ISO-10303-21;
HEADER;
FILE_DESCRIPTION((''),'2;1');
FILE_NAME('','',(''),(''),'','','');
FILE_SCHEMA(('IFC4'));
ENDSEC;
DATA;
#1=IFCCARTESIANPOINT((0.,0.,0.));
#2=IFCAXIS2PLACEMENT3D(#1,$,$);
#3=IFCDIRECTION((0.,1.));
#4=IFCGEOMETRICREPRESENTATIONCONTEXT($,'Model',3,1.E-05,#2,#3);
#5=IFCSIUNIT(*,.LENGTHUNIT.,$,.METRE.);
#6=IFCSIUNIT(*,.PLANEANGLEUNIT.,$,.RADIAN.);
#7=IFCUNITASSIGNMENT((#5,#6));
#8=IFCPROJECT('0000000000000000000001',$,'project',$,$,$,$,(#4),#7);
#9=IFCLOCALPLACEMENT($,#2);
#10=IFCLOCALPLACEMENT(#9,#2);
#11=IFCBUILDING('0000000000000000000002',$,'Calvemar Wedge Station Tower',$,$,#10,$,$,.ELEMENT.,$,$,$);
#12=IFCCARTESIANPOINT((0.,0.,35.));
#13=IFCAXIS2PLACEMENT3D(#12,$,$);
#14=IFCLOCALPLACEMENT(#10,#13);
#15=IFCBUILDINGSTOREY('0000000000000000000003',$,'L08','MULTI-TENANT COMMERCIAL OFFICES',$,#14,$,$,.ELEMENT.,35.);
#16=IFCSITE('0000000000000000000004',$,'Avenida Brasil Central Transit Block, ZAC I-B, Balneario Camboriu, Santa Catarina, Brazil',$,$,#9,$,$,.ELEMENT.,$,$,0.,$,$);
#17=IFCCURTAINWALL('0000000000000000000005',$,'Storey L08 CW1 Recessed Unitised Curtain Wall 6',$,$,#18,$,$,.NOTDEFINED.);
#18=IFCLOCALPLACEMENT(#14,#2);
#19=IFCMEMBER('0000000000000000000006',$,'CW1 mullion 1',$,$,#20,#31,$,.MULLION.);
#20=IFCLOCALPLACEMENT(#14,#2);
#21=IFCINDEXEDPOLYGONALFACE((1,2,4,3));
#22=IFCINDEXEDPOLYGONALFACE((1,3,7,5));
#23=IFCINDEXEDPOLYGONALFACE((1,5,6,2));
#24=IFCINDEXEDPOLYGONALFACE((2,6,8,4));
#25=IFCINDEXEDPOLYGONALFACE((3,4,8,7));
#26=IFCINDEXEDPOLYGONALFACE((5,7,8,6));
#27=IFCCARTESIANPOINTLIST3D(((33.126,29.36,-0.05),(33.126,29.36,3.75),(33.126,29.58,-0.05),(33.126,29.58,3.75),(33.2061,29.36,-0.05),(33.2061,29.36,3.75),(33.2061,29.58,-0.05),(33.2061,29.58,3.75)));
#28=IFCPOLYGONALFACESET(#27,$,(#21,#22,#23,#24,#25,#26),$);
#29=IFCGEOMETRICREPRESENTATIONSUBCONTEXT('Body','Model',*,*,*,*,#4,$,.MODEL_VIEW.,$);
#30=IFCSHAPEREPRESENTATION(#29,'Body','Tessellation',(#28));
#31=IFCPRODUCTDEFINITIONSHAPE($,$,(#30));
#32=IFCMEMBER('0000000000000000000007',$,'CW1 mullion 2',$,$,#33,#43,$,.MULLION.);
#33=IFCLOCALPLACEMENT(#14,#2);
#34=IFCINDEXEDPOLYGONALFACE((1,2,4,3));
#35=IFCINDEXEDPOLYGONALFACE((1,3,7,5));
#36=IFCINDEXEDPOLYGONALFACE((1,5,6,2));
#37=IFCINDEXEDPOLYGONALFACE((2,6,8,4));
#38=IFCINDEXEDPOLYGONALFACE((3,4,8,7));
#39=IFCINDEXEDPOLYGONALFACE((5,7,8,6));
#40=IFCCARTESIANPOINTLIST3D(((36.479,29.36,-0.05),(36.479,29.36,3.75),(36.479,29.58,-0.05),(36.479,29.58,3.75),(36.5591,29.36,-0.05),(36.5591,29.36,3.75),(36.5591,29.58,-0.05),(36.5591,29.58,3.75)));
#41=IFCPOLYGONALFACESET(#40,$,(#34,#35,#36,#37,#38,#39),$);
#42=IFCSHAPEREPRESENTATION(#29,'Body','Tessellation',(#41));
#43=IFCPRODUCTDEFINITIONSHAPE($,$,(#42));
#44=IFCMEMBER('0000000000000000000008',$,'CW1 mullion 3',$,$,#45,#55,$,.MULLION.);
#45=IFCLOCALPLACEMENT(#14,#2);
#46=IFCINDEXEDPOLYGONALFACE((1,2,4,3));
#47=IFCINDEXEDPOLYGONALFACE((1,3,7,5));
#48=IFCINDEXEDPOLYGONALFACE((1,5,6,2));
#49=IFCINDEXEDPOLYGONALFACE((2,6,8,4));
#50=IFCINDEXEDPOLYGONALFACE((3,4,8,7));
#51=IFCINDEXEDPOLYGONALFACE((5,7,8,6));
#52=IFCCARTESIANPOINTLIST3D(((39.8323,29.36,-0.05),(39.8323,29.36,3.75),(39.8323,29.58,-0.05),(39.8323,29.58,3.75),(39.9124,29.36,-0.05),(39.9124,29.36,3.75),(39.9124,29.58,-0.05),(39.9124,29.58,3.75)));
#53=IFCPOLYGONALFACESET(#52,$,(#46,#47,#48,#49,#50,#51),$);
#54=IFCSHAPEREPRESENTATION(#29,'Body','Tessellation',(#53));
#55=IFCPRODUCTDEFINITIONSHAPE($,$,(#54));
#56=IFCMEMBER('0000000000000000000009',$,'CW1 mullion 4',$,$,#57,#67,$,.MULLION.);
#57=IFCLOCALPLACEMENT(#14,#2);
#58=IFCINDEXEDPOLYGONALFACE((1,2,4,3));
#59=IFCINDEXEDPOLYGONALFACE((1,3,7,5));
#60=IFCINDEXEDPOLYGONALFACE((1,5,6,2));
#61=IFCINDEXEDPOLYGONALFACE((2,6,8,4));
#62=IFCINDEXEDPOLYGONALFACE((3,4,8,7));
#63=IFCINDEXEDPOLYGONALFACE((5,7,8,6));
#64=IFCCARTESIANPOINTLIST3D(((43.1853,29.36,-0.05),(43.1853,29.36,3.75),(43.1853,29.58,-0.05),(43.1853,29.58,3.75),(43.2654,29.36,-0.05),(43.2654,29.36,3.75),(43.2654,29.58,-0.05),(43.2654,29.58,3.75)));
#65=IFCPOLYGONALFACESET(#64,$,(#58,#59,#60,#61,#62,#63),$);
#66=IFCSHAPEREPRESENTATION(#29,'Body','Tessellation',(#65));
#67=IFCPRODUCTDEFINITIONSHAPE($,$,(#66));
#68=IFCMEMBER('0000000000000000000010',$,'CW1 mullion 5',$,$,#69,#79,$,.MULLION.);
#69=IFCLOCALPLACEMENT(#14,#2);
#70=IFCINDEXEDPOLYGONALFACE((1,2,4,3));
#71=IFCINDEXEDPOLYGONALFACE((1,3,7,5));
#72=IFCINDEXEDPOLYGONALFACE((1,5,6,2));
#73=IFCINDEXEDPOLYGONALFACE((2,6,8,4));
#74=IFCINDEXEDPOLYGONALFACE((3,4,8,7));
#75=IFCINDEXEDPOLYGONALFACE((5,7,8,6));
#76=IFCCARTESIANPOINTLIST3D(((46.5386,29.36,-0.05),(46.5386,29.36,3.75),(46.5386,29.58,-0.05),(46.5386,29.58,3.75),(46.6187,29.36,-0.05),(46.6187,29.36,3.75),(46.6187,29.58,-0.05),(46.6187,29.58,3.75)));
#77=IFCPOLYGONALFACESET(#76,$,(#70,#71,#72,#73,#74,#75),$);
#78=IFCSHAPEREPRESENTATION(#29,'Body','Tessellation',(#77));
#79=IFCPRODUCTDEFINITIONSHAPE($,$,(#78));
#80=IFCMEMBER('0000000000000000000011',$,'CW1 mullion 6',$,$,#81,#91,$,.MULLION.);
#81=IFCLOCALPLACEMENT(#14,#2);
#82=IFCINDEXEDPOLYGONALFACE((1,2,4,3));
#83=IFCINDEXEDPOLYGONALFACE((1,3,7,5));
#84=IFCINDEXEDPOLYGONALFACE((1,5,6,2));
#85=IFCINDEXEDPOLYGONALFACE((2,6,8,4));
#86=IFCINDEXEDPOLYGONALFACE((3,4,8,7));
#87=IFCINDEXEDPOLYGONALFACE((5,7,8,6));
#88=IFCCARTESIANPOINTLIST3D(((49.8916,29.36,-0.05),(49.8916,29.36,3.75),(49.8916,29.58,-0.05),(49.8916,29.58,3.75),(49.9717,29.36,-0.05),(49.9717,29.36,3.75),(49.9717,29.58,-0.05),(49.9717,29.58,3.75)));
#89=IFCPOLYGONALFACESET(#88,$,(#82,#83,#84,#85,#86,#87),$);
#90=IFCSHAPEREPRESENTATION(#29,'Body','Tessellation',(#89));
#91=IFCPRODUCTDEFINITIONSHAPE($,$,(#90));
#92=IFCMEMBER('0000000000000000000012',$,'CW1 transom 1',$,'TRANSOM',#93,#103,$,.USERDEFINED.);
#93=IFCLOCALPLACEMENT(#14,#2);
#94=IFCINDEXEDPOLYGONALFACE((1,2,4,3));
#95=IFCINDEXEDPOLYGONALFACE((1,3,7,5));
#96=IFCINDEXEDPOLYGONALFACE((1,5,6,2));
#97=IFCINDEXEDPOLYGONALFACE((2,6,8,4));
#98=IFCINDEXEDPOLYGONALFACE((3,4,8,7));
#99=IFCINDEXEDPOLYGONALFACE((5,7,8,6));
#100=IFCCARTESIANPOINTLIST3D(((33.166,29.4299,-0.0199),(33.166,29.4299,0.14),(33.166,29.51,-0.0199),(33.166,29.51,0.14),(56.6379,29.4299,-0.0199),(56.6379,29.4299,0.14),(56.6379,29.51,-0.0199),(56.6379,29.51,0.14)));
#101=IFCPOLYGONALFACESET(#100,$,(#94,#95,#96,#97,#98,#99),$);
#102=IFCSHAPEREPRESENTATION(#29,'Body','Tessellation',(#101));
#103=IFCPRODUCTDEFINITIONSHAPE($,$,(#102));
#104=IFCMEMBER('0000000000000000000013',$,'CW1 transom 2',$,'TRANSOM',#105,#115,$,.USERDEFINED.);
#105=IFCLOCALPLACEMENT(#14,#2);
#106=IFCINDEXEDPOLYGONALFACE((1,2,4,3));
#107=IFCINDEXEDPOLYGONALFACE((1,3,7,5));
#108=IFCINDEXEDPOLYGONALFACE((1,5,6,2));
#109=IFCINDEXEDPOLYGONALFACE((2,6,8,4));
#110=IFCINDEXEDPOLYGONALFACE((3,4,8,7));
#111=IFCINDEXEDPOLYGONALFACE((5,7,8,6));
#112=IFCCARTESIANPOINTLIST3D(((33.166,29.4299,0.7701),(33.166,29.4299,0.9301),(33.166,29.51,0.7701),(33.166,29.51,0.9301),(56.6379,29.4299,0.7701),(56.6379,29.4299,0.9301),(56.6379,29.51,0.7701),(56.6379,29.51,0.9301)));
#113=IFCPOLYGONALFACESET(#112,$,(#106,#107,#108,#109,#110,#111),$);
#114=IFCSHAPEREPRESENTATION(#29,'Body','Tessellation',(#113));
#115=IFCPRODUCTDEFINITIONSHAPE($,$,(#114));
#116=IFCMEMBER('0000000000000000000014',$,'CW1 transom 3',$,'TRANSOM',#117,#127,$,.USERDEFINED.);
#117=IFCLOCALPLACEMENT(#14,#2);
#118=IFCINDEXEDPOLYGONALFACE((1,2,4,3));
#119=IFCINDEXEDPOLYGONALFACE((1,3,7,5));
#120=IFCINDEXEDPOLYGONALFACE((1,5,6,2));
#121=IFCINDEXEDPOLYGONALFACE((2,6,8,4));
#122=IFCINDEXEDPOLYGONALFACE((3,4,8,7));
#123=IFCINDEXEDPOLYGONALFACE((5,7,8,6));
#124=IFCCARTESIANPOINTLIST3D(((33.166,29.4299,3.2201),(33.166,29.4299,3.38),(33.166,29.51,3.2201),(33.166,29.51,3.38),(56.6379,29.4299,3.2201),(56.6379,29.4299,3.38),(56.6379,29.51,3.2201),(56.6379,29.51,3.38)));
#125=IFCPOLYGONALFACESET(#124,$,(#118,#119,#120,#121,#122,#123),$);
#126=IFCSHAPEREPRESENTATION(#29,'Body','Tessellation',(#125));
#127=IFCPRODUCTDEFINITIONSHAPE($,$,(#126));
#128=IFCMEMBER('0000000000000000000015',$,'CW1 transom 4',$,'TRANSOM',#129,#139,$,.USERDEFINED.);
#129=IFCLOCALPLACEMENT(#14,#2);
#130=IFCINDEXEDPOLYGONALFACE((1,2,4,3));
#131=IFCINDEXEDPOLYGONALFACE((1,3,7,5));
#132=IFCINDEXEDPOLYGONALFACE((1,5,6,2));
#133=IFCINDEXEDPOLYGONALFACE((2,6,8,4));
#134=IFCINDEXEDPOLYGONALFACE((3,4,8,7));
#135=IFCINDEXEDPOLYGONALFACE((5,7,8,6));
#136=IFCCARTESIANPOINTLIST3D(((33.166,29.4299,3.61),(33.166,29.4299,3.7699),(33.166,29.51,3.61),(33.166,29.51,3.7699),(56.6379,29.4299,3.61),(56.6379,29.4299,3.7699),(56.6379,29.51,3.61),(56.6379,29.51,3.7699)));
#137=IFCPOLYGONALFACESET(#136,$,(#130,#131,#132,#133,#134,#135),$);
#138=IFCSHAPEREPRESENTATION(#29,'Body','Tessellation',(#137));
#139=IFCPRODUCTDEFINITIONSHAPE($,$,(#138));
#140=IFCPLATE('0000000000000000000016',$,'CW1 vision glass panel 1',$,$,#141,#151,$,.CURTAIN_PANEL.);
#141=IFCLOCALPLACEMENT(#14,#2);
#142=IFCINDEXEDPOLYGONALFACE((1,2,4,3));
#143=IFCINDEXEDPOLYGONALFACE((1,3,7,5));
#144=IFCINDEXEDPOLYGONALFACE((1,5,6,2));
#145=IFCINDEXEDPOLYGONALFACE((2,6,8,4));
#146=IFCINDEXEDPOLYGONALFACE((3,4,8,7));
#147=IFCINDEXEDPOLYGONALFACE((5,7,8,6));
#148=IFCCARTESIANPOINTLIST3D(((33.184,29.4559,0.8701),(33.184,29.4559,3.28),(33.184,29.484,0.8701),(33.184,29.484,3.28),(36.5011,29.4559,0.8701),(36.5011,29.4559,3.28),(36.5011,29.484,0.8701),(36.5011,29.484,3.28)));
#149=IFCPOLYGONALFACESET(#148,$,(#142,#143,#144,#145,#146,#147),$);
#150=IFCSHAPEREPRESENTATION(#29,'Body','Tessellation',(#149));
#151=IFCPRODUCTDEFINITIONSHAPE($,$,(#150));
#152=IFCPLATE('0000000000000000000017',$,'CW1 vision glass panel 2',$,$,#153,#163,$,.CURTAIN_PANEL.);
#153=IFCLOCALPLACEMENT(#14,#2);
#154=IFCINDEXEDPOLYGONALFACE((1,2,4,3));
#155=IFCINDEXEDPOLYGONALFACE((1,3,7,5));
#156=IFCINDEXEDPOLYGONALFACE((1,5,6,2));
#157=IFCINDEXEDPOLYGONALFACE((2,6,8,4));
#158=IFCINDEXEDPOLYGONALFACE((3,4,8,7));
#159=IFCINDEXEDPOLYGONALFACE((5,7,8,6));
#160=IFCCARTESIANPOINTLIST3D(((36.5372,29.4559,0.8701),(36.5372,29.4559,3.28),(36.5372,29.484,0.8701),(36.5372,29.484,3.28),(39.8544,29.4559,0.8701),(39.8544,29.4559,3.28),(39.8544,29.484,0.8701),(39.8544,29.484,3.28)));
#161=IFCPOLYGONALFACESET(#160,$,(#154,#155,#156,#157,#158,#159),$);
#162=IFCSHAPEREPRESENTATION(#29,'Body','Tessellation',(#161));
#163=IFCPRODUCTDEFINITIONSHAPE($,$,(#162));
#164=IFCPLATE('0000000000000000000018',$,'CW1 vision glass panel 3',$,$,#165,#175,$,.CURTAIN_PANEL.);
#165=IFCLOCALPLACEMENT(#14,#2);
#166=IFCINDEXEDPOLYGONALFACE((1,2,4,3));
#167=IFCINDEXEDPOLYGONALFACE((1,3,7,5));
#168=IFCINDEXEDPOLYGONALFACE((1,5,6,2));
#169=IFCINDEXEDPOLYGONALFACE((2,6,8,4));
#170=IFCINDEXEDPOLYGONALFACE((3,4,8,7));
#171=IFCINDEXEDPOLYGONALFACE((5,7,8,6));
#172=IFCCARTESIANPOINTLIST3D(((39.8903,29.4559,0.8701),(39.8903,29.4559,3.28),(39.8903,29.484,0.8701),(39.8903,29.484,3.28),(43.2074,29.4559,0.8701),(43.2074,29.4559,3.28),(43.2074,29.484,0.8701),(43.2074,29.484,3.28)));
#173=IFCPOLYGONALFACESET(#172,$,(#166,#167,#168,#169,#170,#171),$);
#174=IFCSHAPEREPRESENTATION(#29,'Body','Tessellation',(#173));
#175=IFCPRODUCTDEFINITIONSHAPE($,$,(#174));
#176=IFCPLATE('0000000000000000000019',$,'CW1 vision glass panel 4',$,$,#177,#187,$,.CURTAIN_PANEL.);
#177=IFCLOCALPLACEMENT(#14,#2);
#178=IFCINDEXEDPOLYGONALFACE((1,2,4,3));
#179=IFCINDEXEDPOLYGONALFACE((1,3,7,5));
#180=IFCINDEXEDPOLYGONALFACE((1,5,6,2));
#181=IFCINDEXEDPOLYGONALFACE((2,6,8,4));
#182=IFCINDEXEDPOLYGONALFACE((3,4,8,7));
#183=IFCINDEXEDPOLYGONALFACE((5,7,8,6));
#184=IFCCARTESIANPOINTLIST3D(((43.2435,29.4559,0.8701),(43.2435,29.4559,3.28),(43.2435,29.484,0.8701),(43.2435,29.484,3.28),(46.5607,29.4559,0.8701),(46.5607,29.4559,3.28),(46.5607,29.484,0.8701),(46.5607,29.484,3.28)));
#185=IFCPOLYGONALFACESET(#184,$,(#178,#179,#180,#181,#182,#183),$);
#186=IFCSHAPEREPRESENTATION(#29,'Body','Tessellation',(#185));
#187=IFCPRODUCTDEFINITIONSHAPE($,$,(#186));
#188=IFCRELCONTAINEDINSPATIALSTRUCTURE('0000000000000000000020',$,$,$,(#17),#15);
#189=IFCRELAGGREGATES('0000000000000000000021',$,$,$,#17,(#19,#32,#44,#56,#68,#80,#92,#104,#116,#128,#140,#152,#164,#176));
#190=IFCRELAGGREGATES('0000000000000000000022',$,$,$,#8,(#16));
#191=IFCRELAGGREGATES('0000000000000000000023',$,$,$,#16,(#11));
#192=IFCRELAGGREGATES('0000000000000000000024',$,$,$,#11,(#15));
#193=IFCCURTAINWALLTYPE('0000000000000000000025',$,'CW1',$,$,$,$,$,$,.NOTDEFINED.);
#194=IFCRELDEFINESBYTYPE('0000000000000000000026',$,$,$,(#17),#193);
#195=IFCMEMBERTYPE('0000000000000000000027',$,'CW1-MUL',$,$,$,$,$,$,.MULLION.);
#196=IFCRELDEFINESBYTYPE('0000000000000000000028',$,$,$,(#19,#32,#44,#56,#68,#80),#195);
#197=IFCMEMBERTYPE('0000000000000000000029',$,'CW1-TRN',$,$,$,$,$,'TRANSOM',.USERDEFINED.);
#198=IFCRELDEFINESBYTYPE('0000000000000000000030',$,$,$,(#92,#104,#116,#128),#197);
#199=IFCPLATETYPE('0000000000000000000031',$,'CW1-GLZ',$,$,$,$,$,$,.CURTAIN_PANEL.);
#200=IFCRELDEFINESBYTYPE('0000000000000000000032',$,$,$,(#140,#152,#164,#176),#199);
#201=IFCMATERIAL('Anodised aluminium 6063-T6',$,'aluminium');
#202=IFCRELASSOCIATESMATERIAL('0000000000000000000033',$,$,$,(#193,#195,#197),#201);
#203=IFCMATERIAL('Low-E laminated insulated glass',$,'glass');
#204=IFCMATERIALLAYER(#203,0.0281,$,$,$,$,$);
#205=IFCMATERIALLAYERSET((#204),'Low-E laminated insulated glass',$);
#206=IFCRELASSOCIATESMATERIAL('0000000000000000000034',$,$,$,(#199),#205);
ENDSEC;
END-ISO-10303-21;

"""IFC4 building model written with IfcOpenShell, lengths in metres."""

from ifc_helpers import new_model, si_unit, direction, frame, frame_2d, origin, origin_2d, place, context, subcontext, project, spatial, rectangle, extrude, source, transform, mapped, material, layer, layer_set, material_profile, profile_set, type_object, element, aggregate, save


model = new_model("IFC4")

# Units and contexts
model_context = context("Model", 3, precision=1e-05, world=origin(), true_north=direction((0.0, 1.0)))
body_context = subcontext(model_context, "Body", "Model", "MODEL_VIEW")
ifc_project = project(units=[si_unit("LENGTHUNIT", "METRE"), si_unit("PLANEANGLEUNIT", "RADIAN")], contexts=[model_context])

# Site, building, storey
site_placement = place(None, origin())
site = spatial("IfcSite", under=ifc_project, at=site_placement, Name="Avenida Brasil Central Transit Block, ZAC I-B, Balneario Camboriu, Santa Catarina, Brazil", CompositionType="ELEMENT", RefElevation=0.0)
building_placement = place(site_placement, origin())
building = spatial("IfcBuilding", under=site, at=building_placement, Name="Calvemar Wedge Station Tower", CompositionType="ELEMENT")
storey_placement = place(building_placement, frame((0.0, 0.0, 35.0)))
storey = spatial("IfcBuildingStorey", under=building, at=storey_placement, Name="L08", Description="MULTI-TENANT COMMERCIAL OFFICES", CompositionType="ELEMENT", Elevation=35.0)

# Curtain wall, members, plates
ifc_material_1 = material(Name="Anodised aluminium 6063-T6", Category="aluminium")
curtain_wall_type = type_object("IfcCurtainWallType", Name="CW1", PredefinedType="NOTDEFINED", material=ifc_material_1)
curtain_wall_placement = place(storey_placement, origin())
curtain_wall = element("IfcCurtainWall", 1, at=curtain_wall_placement, inside=storey, type_object=curtain_wall_type, Name="Storey L08 CW1 Recessed Unitised Curtain Wall 6", PredefinedType="NOTDEFINED")
ifc_material_profile_1 = material_profile(ifc_material_1, rectangle(XDim=0.0801, YDim=0.22, at=origin_2d()), Name="AL-MUL-80x220")
ifc_profile_set_1 = profile_set([ifc_material_profile_1], Name="Anodised aluminium 6063-T6")
member_type_1 = type_object("IfcMemberType", Name="CW1-MUL", PredefinedType="MULLION", material=ifc_profile_set_1)
shared_shape_1 = source(origin(), body_context, "Body", "SweptSolid", [
    extrude(rectangle(XDim=0.0801, YDim=0.22, at=origin_2d()), origin(), (0.0, 0.0, 1.0), 3.8),
])
member_1_placement = place(storey_placement, frame((33.166, 29.47, -0.05), z_axis=(0.0, 0.0, 1.0), x_axis=(1.0, 0.0, 0.0)))
member_1 = element("IfcMember", 2, at=member_1_placement, type_object=member_type_1, Name="CW1 mullion 1", PredefinedType="MULLION", context=body_context, shape_type="MappedRepresentation", body=[
    mapped(shared_shape_1, transform((0.0, 0.0, 0.0), scale=1.0)),
])
member_2_placement = place(storey_placement, frame((36.519, 29.47, -0.05), z_axis=(0.0, 0.0, 1.0), x_axis=(1.0, 0.0, 0.0)))
member_2 = element("IfcMember", 3, at=member_2_placement, type_object=member_type_1, Name="CW1 mullion 2", PredefinedType="MULLION", context=body_context, shape_type="MappedRepresentation", body=[
    mapped(shared_shape_1, transform((0.0, 0.0, 0.0), scale=1.0)),
])
member_3_placement = place(storey_placement, frame((39.8723, 29.47, -0.05), z_axis=(0.0, 0.0, 1.0), x_axis=(1.0, 0.0, 0.0)))
member_3 = element("IfcMember", 4, at=member_3_placement, type_object=member_type_1, Name="CW1 mullion 3", PredefinedType="MULLION", context=body_context, shape_type="MappedRepresentation", body=[
    mapped(shared_shape_1, transform((0.0, 0.0, 0.0), scale=1.0)),
])
member_4_placement = place(storey_placement, frame((43.2253, 29.47, -0.05), z_axis=(0.0, 0.0, 1.0), x_axis=(1.0, 0.0, 0.0)))
member_4 = element("IfcMember", 5, at=member_4_placement, type_object=member_type_1, Name="CW1 mullion 4", PredefinedType="MULLION", context=body_context, shape_type="MappedRepresentation", body=[
    mapped(shared_shape_1, transform((0.0, 0.0, 0.0), scale=1.0)),
])
member_5_placement = place(storey_placement, frame((46.5786, 29.47, -0.05), z_axis=(0.0, 0.0, 1.0), x_axis=(1.0, 0.0, 0.0)))
member_5 = element("IfcMember", 6, at=member_5_placement, type_object=member_type_1, Name="CW1 mullion 5", PredefinedType="MULLION", context=body_context, shape_type="MappedRepresentation", body=[
    mapped(shared_shape_1, transform((0.0, 0.0, 0.0), scale=1.0)),
])
member_6_placement = place(storey_placement, frame((49.9316, 29.47, -0.05), z_axis=(0.0, 0.0, 1.0), x_axis=(1.0, 0.0, 0.0)))
member_6 = element("IfcMember", 7, at=member_6_placement, type_object=member_type_1, Name="CW1 mullion 6", PredefinedType="MULLION", context=body_context, shape_type="MappedRepresentation", body=[
    mapped(shared_shape_1, transform((0.0, 0.0, 0.0), scale=1.0)),
])
ifc_material_profile_2 = material_profile(ifc_material_1, rectangle(XDim=0.0801, YDim=0.1599, at=origin_2d()), Name="AL-TRN-80x160")
ifc_profile_set_2 = profile_set([ifc_material_profile_2], Name="Anodised aluminium 6063-T6")
member_type_2 = type_object("IfcMemberType", Name="CW1-TRN", ElementType="TRANSOM", PredefinedType="USERDEFINED", material=ifc_profile_set_2)
shared_shape_2 = source(origin(), body_context, "Body", "SweptSolid", [
    extrude(rectangle(XDim=0.0801, YDim=0.1599, at=origin_2d()), origin(), (0.0, 0.0, 1.0), 23.4719),
])
member_7_placement = place(storey_placement, frame((33.166, 29.47, 0.0601), z_axis=(1.0, 0.0, 0.0), x_axis=(0.0, 1.0, 0.0)))
member_7 = element("IfcMember", 8, at=member_7_placement, type_object=member_type_2, Name="CW1 transom 1", ObjectType="TRANSOM", PredefinedType="USERDEFINED", context=body_context, shape_type="MappedRepresentation", body=[
    mapped(shared_shape_2, transform((0.0, 0.0, 0.0), scale=1.0)),
])
member_8_placement = place(storey_placement, frame((33.166, 29.47, 0.8501), z_axis=(1.0, 0.0, 0.0), x_axis=(0.0, 1.0, 0.0)))
member_8 = element("IfcMember", 9, at=member_8_placement, type_object=member_type_2, Name="CW1 transom 2", ObjectType="TRANSOM", PredefinedType="USERDEFINED", context=body_context, shape_type="MappedRepresentation", body=[
    mapped(shared_shape_2, transform((0.0, 0.0, 0.0), scale=1.0)),
])
member_9_placement = place(storey_placement, frame((33.166, 29.47, 3.3), z_axis=(1.0, 0.0, 0.0), x_axis=(0.0, 1.0, 0.0)))
member_9 = element("IfcMember", 10, at=member_9_placement, type_object=member_type_2, Name="CW1 transom 3", ObjectType="TRANSOM", PredefinedType="USERDEFINED", context=body_context, shape_type="MappedRepresentation", body=[
    mapped(shared_shape_2, transform((0.0, 0.0, 0.0), scale=1.0)),
])
member_10_placement = place(storey_placement, frame((33.166, 29.47, 3.6899), z_axis=(1.0, 0.0, 0.0), x_axis=(0.0, 1.0, 0.0)))
member_10 = element("IfcMember", 11, at=member_10_placement, type_object=member_type_2, Name="CW1 transom 4", ObjectType="TRANSOM", PredefinedType="USERDEFINED", context=body_context, shape_type="MappedRepresentation", body=[
    mapped(shared_shape_2, transform((0.0, 0.0, 0.0), scale=1.0)),
])
ifc_material_2 = material(Name="Low-E laminated insulated glass", Category="glass")
ifc_layer_1 = layer(ifc_material_2, 0.0281)
ifc_layer_set_1 = layer_set([ifc_layer_1], Name="Low-E laminated insulated glass")
plate_type_1 = type_object("IfcPlateType", Name="CW1-GLZ", PredefinedType="CURTAIN_PANEL", material=ifc_layer_set_1)
plate_1_placement = place(storey_placement, frame((33.1838, 29.47, 0.8701), z_axis=(0.0, 0.0, 1.0), x_axis=(1.0, 0.0, 0.0)))
plate_1 = element("IfcPlate", 12, at=plate_1_placement, type_object=plate_type_1, Name="CW1 vision glass panel 1", PredefinedType="CURTAIN_PANEL", context=body_context, shape_type="SweptSolid", body=[
    extrude(rectangle(XDim=3.3171, YDim=0.0281, at=frame_2d((1.6587, 0.0))), origin(), (0.0, 0.0, 1.0), 2.4099),
])
plate_2_placement = place(storey_placement, frame((36.5371, 29.47, 0.8701), z_axis=(0.0, 0.0, 1.0), x_axis=(1.0, 0.0, 0.0)))
plate_2 = element("IfcPlate", 13, at=plate_2_placement, type_object=plate_type_1, Name="CW1 vision glass panel 2", PredefinedType="CURTAIN_PANEL", context=body_context, shape_type="SweptSolid", body=[
    extrude(rectangle(XDim=3.3171, YDim=0.0281, at=frame_2d((1.6587, 0.0))), origin(), (0.0, 0.0, 1.0), 2.4099),
])
plate_3_placement = place(storey_placement, frame((39.8901, 29.47, 0.8701), z_axis=(0.0, 0.0, 1.0), x_axis=(1.0, 0.0, 0.0)))
plate_3 = element("IfcPlate", 14, at=plate_3_placement, type_object=plate_type_1, Name="CW1 vision glass panel 3", PredefinedType="CURTAIN_PANEL", context=body_context, shape_type="SweptSolid", body=[
    extrude(rectangle(XDim=3.3171, YDim=0.0281, at=frame_2d((1.6587, 0.0))), origin(), (0.0, 0.0, 1.0), 2.4099),
])
plate_4_placement = place(storey_placement, frame((43.2434, 29.47, 0.8701), z_axis=(0.0, 0.0, 1.0), x_axis=(1.0, 0.0, 0.0)))
plate_4 = element("IfcPlate", 15, at=plate_4_placement, type_object=plate_type_1, Name="CW1 vision glass panel 4", PredefinedType="CURTAIN_PANEL", context=body_context, shape_type="SweptSolid", body=[
    extrude(rectangle(XDim=3.3171, YDim=0.0281, at=frame_2d((1.6587, 0.0))), origin(), (0.0, 0.0, 1.0), 2.4099),
])
aggregate(curtain_wall, [member_1, member_2, member_3, member_4, member_5, member_6, member_7, member_8, member_9, member_10, plate_1, plate_2, plate_3, plate_4])

save(model, "model.ifc")
